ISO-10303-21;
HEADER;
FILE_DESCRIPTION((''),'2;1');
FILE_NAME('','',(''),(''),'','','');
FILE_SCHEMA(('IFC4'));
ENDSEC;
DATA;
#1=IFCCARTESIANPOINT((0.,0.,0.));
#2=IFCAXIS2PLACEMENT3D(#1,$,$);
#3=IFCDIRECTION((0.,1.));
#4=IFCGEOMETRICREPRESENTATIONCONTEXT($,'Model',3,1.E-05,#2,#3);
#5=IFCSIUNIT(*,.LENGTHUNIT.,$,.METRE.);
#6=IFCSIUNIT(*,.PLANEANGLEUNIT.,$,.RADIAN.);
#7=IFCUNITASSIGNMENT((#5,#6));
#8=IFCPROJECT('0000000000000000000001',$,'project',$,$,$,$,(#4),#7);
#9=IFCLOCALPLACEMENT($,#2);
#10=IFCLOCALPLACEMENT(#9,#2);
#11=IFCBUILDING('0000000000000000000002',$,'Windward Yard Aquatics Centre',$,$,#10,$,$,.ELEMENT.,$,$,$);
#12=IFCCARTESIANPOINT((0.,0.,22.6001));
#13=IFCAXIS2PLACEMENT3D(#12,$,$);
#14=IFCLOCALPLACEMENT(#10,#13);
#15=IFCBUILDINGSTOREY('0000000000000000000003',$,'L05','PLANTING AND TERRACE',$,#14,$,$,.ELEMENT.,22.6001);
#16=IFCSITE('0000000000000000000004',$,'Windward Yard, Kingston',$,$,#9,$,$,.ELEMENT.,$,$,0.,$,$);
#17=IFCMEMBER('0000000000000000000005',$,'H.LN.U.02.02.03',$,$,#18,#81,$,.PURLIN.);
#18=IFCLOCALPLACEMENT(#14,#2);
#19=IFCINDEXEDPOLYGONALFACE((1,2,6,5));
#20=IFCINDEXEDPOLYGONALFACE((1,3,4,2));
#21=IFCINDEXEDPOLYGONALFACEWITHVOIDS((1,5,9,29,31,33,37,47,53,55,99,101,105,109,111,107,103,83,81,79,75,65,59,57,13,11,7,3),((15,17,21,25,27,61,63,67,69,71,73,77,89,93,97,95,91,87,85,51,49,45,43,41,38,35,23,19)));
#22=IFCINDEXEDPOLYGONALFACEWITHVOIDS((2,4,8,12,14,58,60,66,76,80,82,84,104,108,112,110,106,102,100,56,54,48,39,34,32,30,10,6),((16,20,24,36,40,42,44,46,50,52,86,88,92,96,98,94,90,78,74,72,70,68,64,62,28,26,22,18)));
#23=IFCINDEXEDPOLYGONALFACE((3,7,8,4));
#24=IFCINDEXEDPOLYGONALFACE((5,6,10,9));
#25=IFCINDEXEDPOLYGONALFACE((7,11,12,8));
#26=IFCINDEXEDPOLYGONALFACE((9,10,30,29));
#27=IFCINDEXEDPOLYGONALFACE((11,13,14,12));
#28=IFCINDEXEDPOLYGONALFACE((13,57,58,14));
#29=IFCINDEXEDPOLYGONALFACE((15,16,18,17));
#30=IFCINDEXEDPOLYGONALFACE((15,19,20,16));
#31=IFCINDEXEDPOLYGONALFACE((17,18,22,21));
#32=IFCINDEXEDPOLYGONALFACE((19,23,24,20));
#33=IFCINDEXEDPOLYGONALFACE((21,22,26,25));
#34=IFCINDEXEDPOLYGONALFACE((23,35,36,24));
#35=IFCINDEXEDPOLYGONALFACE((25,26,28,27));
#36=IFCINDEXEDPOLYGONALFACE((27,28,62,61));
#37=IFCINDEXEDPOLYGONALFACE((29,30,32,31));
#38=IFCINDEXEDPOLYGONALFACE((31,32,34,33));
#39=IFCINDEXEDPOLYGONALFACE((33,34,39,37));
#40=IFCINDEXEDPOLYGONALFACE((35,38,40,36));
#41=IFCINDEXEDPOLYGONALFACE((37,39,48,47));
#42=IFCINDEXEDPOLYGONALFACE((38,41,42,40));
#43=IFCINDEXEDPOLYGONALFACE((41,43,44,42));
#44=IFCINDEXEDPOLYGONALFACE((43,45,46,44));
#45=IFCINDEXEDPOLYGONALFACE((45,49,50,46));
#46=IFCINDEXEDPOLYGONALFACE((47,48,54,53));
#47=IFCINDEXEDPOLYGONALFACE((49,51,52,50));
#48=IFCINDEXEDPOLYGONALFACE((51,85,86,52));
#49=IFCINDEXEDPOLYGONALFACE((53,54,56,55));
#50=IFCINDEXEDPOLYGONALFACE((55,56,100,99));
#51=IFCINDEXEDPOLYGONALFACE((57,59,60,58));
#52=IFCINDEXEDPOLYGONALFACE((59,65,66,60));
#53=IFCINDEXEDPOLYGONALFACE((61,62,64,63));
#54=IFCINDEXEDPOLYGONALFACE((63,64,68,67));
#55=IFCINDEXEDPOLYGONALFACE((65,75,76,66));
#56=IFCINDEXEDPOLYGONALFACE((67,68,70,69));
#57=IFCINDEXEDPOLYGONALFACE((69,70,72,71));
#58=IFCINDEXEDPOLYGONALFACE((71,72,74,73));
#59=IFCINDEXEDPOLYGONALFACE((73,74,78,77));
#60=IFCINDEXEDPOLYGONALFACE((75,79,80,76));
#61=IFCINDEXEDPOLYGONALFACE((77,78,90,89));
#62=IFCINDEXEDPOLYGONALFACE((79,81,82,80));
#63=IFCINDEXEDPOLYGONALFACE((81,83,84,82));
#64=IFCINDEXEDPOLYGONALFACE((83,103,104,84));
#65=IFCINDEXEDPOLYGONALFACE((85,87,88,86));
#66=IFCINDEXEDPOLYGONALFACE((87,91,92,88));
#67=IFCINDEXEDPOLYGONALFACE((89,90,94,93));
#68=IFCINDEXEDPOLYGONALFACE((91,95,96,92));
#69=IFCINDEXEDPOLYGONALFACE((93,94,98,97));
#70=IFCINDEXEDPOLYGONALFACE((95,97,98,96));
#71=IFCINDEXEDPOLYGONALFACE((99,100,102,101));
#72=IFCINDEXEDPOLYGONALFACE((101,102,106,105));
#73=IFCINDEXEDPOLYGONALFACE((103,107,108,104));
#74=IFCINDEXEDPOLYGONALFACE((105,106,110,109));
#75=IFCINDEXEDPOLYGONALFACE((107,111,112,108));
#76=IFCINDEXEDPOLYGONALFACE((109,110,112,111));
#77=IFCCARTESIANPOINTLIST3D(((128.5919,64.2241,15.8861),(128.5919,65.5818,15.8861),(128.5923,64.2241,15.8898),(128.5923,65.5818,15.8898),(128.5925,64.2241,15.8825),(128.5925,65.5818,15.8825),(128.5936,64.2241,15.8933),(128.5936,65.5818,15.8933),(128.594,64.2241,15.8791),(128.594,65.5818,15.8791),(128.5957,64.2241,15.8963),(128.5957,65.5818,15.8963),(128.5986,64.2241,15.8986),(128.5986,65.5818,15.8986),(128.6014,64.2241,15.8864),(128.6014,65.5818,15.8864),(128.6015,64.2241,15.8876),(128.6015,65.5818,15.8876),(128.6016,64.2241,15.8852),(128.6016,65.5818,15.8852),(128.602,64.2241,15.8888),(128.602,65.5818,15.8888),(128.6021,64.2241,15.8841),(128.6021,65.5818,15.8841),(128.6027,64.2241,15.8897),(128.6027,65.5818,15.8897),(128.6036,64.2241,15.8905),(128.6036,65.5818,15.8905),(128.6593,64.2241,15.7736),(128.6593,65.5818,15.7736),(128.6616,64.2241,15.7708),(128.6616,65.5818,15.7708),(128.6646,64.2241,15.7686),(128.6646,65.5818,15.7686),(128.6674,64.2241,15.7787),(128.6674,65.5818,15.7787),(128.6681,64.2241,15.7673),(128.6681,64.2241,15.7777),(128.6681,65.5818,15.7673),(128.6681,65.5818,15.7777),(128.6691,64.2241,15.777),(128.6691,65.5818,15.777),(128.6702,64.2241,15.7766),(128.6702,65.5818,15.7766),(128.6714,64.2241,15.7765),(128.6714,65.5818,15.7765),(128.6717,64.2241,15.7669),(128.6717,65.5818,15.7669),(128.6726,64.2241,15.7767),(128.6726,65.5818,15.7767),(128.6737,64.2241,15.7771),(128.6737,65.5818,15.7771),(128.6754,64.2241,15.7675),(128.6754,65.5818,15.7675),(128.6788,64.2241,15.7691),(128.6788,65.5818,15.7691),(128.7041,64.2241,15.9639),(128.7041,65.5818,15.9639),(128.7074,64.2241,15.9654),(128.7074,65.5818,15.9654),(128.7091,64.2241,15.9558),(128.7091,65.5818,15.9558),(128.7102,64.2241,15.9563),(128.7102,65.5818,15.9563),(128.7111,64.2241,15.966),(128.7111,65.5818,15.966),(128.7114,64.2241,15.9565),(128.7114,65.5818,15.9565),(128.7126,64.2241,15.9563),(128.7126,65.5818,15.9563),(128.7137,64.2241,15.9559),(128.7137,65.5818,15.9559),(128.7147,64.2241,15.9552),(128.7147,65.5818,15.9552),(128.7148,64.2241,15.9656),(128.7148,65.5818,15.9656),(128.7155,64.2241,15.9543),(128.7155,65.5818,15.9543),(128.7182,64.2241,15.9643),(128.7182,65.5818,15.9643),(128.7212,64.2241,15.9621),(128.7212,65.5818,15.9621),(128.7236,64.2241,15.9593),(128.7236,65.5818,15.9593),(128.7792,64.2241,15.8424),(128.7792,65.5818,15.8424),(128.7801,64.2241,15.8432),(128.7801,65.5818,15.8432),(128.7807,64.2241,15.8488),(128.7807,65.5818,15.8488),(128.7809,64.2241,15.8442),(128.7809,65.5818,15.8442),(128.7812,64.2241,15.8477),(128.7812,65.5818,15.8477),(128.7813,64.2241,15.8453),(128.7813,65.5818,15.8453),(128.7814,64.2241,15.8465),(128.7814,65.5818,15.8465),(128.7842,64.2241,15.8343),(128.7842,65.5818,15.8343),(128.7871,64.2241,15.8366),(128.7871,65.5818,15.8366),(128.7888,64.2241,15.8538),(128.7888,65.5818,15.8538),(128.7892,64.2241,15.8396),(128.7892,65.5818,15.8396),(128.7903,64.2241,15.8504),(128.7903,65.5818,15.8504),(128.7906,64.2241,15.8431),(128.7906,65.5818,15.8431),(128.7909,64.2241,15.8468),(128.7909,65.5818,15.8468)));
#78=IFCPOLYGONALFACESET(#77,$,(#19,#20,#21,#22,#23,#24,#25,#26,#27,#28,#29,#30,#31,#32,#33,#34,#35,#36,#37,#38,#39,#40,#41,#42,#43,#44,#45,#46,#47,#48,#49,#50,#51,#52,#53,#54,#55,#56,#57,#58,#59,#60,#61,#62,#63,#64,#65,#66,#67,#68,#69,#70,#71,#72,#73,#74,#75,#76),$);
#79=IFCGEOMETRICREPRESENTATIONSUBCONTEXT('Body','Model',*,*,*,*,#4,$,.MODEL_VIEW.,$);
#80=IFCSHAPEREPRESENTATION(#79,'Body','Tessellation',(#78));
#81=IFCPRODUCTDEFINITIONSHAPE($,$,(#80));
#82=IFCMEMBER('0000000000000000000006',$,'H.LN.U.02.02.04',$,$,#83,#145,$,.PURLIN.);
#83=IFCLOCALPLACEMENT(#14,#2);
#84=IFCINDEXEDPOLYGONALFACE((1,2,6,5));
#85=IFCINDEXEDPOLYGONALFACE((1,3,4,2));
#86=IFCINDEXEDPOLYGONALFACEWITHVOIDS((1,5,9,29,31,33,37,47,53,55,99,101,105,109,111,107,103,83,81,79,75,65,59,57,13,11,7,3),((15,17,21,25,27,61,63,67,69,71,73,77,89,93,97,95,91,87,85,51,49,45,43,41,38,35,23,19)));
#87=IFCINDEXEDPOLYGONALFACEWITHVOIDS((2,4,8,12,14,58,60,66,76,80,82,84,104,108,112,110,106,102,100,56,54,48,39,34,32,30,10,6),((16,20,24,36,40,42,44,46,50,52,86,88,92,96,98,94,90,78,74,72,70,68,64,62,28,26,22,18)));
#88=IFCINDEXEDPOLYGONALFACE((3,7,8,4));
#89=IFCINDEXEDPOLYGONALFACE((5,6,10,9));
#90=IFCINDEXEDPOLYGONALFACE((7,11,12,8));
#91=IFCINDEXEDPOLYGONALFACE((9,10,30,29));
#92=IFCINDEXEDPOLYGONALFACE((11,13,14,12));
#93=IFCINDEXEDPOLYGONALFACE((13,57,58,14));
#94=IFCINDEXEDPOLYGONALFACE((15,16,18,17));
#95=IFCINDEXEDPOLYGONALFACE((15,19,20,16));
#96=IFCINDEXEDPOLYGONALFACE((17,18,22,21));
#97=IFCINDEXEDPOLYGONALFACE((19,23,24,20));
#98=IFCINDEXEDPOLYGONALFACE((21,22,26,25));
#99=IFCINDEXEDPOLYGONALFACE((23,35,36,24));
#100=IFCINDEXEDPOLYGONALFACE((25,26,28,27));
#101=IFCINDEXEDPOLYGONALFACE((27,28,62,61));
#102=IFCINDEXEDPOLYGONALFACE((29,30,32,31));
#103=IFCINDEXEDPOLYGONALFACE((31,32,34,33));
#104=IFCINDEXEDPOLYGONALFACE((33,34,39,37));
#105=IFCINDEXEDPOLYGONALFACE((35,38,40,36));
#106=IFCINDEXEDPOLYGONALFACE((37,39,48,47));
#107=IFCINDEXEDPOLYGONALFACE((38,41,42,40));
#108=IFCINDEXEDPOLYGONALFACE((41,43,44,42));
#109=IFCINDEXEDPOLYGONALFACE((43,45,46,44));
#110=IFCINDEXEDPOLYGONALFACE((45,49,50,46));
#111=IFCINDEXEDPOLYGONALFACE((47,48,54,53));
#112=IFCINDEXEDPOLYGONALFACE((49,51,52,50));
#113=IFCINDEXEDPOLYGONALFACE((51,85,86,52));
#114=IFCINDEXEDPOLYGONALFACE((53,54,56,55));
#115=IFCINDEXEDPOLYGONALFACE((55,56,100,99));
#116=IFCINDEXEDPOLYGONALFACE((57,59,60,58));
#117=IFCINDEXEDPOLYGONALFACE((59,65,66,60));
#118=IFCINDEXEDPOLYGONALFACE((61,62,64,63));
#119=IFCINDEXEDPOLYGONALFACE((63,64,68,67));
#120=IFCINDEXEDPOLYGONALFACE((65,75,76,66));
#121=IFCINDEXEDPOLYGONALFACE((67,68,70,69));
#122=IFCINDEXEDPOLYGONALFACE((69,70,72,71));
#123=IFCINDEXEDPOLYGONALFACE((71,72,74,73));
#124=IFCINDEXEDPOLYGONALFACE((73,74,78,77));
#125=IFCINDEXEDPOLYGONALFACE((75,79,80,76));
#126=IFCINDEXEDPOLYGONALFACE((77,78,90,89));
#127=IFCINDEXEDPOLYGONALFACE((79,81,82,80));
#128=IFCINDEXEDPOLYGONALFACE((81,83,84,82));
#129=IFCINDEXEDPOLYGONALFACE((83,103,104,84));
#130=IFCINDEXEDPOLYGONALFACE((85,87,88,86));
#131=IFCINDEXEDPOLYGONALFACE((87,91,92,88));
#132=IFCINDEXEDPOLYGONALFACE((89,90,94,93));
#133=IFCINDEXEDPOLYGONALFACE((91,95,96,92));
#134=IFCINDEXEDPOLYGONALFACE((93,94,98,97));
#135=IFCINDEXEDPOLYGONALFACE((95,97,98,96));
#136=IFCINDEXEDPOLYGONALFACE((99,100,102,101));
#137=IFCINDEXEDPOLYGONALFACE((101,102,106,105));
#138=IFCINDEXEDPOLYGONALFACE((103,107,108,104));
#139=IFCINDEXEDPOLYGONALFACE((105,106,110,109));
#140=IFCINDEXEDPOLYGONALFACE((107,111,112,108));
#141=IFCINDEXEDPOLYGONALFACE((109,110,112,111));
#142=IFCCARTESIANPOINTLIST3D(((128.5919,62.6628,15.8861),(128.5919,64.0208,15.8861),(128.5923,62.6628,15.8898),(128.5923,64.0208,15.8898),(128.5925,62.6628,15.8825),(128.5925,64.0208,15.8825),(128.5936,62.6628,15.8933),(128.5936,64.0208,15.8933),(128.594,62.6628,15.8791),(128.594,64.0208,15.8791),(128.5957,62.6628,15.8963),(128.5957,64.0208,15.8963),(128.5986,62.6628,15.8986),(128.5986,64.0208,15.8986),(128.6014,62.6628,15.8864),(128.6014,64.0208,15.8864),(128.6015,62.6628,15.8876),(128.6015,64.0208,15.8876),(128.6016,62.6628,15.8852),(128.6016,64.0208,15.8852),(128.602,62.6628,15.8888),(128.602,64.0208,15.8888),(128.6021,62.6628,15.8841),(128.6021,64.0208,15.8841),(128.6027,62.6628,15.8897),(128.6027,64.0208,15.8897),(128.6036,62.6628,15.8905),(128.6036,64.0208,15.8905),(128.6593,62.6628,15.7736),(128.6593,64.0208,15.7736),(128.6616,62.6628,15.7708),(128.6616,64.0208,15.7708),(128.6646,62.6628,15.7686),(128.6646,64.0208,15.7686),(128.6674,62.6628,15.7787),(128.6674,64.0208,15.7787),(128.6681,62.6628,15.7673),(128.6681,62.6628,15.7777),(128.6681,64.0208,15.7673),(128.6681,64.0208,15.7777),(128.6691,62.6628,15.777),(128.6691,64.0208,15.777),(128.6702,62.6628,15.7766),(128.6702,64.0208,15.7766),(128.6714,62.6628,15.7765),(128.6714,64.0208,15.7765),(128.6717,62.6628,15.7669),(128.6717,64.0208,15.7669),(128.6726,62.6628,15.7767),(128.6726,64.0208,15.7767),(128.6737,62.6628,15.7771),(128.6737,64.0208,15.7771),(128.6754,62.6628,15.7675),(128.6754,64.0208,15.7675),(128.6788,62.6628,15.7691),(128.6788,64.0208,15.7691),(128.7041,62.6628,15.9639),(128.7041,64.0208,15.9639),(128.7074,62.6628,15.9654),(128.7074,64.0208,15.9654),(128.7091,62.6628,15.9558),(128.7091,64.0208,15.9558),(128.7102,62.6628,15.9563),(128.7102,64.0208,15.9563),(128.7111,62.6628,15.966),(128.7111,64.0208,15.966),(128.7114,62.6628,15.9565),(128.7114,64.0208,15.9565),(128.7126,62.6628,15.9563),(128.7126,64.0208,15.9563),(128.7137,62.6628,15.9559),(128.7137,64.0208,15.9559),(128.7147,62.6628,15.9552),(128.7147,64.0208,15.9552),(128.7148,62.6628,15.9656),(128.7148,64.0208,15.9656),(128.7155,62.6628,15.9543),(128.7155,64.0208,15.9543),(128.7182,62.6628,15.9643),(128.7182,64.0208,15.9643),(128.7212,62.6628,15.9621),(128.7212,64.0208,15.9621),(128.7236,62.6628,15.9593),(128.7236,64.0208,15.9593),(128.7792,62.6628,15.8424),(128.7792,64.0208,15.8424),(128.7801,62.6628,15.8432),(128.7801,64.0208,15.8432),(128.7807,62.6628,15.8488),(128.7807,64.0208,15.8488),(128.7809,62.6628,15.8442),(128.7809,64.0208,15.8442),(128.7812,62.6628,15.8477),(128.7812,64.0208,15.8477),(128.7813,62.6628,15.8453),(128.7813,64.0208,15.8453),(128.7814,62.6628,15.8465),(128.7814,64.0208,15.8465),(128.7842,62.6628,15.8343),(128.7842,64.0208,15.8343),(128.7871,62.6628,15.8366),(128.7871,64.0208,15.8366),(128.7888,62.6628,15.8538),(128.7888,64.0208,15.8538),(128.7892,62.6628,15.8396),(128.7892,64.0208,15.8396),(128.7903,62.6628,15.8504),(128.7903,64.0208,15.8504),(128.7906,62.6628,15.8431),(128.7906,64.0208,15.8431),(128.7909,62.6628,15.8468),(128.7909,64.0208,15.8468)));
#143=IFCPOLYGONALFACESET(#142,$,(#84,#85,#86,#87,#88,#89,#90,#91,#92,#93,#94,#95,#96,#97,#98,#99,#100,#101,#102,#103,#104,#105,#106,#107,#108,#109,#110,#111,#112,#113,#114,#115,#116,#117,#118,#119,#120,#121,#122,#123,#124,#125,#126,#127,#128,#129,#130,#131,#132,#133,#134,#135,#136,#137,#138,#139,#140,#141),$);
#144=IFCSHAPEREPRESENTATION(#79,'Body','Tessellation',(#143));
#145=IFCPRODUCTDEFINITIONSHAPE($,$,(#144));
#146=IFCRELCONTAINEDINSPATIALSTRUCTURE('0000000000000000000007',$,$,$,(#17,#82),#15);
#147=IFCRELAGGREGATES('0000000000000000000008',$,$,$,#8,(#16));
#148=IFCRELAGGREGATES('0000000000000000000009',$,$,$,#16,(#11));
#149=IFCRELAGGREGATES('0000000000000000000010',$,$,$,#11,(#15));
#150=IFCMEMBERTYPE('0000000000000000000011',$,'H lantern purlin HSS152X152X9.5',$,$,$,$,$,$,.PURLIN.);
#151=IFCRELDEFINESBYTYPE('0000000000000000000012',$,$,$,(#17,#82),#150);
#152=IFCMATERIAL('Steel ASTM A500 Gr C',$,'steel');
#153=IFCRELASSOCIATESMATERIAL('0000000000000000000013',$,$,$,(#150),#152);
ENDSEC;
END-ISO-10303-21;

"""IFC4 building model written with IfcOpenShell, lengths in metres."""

from ifc_helpers import new_model, si_unit, direction, frame, origin, origin_2d, place, context, subcontext, project, spatial, hollow_rectangle, extrude, material, material_profile, profile_set, type_object, element, save


model = new_model("IFC4")

# Units and contexts
model_context = context("Model", 3, precision=1e-05, world=origin(), true_north=direction((0.0, 1.0)))
body_context = subcontext(model_context, "Body", "Model", "MODEL_VIEW")
ifc_project = project(units=[si_unit("LENGTHUNIT", "METRE"), si_unit("PLANEANGLEUNIT", "RADIAN")], contexts=[model_context])

# Site, building, storey
site_placement = place(None, origin())
site = spatial("IfcSite", under=ifc_project, at=site_placement, Name="Windward Yard, Kingston", CompositionType="ELEMENT", RefElevation=0.0)
building_placement = place(site_placement, origin())
building = spatial("IfcBuilding", under=site, at=building_placement, Name="Windward Yard Aquatics Centre", CompositionType="ELEMENT")
storey_placement = place(building_placement, frame((0.0, 0.0, 22.6001)))
storey = spatial("IfcBuildingStorey", under=building, at=storey_placement, Name="L05", Description="PLANTING AND TERRACE", CompositionType="ELEMENT", Elevation=22.6001)

# Members
ifc_material_1 = material(Name="Steel ASTM A500 Gr C", Category="steel")
ifc_material_profile = material_profile(ifc_material_1, hollow_rectangle(XDim=0.1523, YDim=0.1523, WallThickness=0.0095, InnerFilletRadius=0.0046, OuterFilletRadius=0.0142, at=origin_2d()), Name="HSS152X152X9.5")
ifc_profile_set = profile_set([ifc_material_profile], Name="Steel ASTM A500 Gr C")
member_type = type_object("IfcMemberType", Name="H lantern purlin HSS152X152X9.5", PredefinedType="PURLIN", material=ifc_profile_set)
member_1_placement = place(storey_placement, frame((128.6914, 65.5818, 15.8665), z_axis=(0.0, -1.0, 0.0), x_axis=(0.526172, 0.0, -0.850378)))
element("IfcMember", 1, at=member_1_placement, inside=storey, type_object=member_type, Name="H.LN.U.02.02.03", PredefinedType="PURLIN", context=body_context, shape_type="SweptSolid", body=[
    extrude(hollow_rectangle(XDim=0.1523, YDim=0.1523, WallThickness=0.0095, InnerFilletRadius=0.0046, OuterFilletRadius=0.0142, at=origin_2d()), origin(), (0.0, 0.0, 1.0), 1.3577),
])
member_2_placement = place(storey_placement, frame((128.6914, 64.0208, 15.8665), z_axis=(0.0, -1.0, 0.0), x_axis=(0.526172, 0.0, -0.850378)))
element("IfcMember", 2, at=member_2_placement, inside=storey, type_object=member_type, Name="H.LN.U.02.02.04", PredefinedType="PURLIN", context=body_context, shape_type="SweptSolid", body=[
    extrude(hollow_rectangle(XDim=0.1523, YDim=0.1523, WallThickness=0.0095, InnerFilletRadius=0.0046, OuterFilletRadius=0.0142, at=origin_2d()), origin(), (0.0, 0.0, 1.0), 1.3579),
])

save(model, "model.ifc")
